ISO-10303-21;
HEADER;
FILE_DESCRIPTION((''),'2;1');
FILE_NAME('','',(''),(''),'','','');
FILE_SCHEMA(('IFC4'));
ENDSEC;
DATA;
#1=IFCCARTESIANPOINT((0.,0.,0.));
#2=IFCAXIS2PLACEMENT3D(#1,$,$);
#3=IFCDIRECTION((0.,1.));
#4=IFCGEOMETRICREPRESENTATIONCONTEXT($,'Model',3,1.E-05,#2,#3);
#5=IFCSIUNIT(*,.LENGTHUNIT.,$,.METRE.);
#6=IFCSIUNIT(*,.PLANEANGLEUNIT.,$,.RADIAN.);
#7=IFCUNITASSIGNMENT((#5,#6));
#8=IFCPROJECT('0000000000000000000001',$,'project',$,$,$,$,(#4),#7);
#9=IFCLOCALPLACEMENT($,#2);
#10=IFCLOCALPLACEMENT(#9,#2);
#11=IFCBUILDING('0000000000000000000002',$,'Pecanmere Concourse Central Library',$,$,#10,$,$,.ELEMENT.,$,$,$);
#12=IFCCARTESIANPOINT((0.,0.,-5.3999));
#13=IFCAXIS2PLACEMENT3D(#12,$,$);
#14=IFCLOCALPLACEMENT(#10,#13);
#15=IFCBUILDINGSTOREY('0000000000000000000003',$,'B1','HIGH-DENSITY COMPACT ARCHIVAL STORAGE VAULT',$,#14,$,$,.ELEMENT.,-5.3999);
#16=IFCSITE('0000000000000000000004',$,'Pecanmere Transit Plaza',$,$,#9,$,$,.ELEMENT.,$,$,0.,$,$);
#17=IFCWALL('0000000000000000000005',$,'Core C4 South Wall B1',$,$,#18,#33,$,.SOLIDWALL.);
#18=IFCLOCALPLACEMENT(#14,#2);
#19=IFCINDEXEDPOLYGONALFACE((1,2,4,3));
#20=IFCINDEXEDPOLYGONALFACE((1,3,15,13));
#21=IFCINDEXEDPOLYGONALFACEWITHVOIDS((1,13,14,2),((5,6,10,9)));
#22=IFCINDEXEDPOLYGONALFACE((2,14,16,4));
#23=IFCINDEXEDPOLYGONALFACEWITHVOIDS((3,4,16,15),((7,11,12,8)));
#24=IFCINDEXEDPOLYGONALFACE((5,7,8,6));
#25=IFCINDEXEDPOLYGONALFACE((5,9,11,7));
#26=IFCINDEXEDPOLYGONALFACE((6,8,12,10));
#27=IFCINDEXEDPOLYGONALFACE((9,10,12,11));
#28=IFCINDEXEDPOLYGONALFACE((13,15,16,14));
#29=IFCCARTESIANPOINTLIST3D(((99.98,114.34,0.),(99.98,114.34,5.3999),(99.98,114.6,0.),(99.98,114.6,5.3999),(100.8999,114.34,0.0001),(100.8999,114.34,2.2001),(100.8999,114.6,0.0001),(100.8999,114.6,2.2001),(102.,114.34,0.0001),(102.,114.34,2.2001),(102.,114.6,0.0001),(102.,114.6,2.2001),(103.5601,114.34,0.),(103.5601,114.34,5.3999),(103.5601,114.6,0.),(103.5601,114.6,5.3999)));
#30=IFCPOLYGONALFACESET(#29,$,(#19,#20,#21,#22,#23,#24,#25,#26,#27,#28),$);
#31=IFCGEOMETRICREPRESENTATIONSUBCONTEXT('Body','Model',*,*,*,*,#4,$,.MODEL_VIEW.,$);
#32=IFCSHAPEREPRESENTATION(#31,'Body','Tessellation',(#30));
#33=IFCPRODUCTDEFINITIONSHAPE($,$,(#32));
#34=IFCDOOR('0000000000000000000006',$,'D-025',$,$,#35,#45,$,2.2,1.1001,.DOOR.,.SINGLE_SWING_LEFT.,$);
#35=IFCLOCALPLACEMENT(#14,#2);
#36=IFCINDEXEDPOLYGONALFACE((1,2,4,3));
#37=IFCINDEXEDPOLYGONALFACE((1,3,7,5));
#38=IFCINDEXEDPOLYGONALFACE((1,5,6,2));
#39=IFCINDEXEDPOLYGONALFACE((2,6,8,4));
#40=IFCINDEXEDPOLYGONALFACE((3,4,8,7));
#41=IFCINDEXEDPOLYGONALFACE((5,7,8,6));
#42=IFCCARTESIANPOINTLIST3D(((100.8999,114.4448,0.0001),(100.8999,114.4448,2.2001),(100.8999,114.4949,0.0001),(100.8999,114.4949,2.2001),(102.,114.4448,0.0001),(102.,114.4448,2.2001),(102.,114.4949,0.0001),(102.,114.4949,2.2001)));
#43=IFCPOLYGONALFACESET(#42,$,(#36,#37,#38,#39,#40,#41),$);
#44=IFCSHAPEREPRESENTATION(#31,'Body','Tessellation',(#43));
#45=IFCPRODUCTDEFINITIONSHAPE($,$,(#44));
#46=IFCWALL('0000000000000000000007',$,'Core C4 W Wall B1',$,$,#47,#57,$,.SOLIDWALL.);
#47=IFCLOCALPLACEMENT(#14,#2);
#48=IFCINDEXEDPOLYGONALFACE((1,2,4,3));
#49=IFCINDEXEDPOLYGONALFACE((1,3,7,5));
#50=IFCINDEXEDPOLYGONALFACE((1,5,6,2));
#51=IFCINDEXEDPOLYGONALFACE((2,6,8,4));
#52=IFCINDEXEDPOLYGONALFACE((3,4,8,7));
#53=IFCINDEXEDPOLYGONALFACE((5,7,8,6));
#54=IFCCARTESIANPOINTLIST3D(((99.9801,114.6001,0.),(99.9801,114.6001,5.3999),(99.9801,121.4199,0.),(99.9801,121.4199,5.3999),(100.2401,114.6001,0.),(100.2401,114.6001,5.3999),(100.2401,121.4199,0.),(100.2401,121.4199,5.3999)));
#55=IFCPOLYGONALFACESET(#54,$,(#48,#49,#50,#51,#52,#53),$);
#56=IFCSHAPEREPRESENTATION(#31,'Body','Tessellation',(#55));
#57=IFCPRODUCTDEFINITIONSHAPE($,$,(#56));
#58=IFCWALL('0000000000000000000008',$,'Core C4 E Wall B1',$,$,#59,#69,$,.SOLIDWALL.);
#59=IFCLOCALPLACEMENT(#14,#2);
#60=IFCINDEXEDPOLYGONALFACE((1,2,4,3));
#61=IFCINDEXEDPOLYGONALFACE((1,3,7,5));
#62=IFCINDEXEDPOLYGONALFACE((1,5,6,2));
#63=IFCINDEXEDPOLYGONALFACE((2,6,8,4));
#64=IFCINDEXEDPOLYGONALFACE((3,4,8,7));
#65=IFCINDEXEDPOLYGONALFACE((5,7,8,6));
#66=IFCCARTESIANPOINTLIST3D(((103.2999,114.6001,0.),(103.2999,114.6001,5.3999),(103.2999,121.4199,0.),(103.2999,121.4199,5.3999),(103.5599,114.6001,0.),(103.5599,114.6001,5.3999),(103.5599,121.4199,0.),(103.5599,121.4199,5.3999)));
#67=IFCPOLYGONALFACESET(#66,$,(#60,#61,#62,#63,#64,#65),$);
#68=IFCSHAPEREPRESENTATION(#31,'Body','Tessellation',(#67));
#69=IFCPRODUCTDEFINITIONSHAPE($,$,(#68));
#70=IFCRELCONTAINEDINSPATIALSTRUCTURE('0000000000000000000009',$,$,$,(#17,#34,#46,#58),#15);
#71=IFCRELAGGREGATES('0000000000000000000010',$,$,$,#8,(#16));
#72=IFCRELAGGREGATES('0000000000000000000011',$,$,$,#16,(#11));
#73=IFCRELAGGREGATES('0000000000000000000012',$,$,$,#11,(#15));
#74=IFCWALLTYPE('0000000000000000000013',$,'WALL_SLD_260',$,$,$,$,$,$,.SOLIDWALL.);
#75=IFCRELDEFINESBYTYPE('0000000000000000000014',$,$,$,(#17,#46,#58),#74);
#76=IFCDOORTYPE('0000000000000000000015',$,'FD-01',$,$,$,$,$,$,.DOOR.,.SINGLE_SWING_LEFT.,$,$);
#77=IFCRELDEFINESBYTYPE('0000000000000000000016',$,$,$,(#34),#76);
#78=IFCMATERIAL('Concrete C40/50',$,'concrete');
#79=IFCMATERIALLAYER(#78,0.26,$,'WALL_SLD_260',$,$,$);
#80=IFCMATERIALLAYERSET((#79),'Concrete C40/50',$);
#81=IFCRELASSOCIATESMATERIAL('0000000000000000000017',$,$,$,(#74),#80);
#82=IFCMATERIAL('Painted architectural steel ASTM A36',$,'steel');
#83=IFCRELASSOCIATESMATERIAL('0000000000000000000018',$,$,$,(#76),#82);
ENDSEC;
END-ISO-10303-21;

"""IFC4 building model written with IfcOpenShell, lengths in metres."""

from ifc_helpers import new_model, si_unit, direction, frame, frame_2d, origin, place, context, subcontext, project, spatial, rectangle, extrude, material, layer, layer_set, type_object, element, fill, save


model = new_model("IFC4")

# Units and contexts
model_context = context("Model", 3, precision=1e-05, world=origin(), true_north=direction((0.0, 1.0)))
body_context = subcontext(model_context, "Body", "Model", "MODEL_VIEW")
ifc_project = project(units=[si_unit("LENGTHUNIT", "METRE"), si_unit("PLANEANGLEUNIT", "RADIAN")], contexts=[model_context])

# Site, building, storey
site_placement = place(None, origin())
site = spatial("IfcSite", under=ifc_project, at=site_placement, Name="Pecanmere Transit Plaza", CompositionType="ELEMENT", RefElevation=0.0)
building_placement = place(site_placement, origin())
building = spatial("IfcBuilding", under=site, at=building_placement, Name="Pecanmere Concourse Central Library", CompositionType="ELEMENT")
storey_placement = place(building_placement, frame((0.0, 0.0, -5.3999)))
storey = spatial("IfcBuildingStorey", under=building, at=storey_placement, Name="B1", Description="HIGH-DENSITY COMPACT ARCHIVAL STORAGE VAULT", CompositionType="ELEMENT", Elevation=-5.3999)

# Wall, opening, door
ifc_material_1 = material(Name="Concrete C40/50", Category="concrete")
ifc_layer = layer(ifc_material_1, 0.26, Name="WALL_SLD_260")
ifc_layer_set = layer_set([ifc_layer], Name="Concrete C40/50")
wall_type = type_object("IfcWallType", Name="WALL_SLD_260", PredefinedType="SOLIDWALL", material=ifc_layer_set)
wall_placement = place(storey_placement, frame((99.98, 114.47, 0.0), z_axis=(0.0, 0.0, 1.0), x_axis=(1.0, 0.0, 0.0)))
wall = element("IfcWall", 1, at=wall_placement, inside=storey, type_object=wall_type, Name="Core C4 South Wall B1", PredefinedType="SOLIDWALL", context=body_context, shape_type="SweptSolid", body=[
    extrude(rectangle(XDim=3.5801, YDim=0.26, at=frame_2d((1.79, 0.0))), origin(), (0.0, 0.0, 1.0), 5.3999),
])
opening_placement = place(wall_placement, frame((0.9199, 0.0, 0.0)))
opening = element("IfcOpeningElement", 2, at=opening_placement, cuts=wall, PredefinedType="OPENING", context=body_context, shape_type="SweptSolid", body=[
    extrude(rectangle(XDim=1.1001, YDim=2.2, at=frame_2d((0.55, 1.1001))), frame((0.0, 0.1421, 0.0), z_axis=(0.0, -1.0, 0.0), x_axis=(1.0, 0.0, 0.0)), (0.0, 0.0, 1.0), 0.2839),
])
ifc_material_2 = material(Name="Painted architectural steel ASTM A36", Category="steel")
door_type = type_object("IfcDoorType", Name="FD-01", OperationType="SINGLE_SWING_LEFT", PredefinedType="DOOR", material=ifc_material_2)
door_placement = place(opening_placement, origin())
door = element("IfcDoor", 3, at=door_placement, inside=storey, type_object=door_type, Name="D-025", OperationType="SINGLE_SWING_LEFT", OverallHeight=2.2, OverallWidth=1.1001, PredefinedType="DOOR", context=body_context, shape_type="SweptSolid", body=[
    extrude(rectangle(XDim=1.1001, YDim=2.2, at=frame_2d((0.55, 1.1001))), frame((0.0, 0.0249, 0.0), z_axis=(0.0, -1.0, 0.0), x_axis=(1.0, 0.0, 0.0)), (0.0, 0.0, 1.0), 0.05),
])
fill(opening, door)

# Walls
for number, where, z_axis, x_axis, name in (
    (4, (100.1101, 114.6001, 0.0), (0.0, 0.0, 1.0), (0.0, 1.0, 0.0), "Core C4 W Wall B1"),
    (5, (103.4299, 114.6001, 0.0), (0.0, 0.0, 1.0), (0.0, 1.0, 0.0), "Core C4 E Wall B1"),
):
    element("IfcWall", number, at=place(storey_placement, frame(where, z_axis=z_axis, x_axis=x_axis)), inside=storey, type_object=wall_type, Name=name, PredefinedType="SOLIDWALL", context=body_context, shape_type="SweptSolid", body=[
        extrude(rectangle(XDim=6.8198, YDim=0.26, at=frame_2d((3.4099, 0.0))), origin(), (0.0, 0.0, 1.0), 5.3999),
    ])

save(model, "model.ifc")
